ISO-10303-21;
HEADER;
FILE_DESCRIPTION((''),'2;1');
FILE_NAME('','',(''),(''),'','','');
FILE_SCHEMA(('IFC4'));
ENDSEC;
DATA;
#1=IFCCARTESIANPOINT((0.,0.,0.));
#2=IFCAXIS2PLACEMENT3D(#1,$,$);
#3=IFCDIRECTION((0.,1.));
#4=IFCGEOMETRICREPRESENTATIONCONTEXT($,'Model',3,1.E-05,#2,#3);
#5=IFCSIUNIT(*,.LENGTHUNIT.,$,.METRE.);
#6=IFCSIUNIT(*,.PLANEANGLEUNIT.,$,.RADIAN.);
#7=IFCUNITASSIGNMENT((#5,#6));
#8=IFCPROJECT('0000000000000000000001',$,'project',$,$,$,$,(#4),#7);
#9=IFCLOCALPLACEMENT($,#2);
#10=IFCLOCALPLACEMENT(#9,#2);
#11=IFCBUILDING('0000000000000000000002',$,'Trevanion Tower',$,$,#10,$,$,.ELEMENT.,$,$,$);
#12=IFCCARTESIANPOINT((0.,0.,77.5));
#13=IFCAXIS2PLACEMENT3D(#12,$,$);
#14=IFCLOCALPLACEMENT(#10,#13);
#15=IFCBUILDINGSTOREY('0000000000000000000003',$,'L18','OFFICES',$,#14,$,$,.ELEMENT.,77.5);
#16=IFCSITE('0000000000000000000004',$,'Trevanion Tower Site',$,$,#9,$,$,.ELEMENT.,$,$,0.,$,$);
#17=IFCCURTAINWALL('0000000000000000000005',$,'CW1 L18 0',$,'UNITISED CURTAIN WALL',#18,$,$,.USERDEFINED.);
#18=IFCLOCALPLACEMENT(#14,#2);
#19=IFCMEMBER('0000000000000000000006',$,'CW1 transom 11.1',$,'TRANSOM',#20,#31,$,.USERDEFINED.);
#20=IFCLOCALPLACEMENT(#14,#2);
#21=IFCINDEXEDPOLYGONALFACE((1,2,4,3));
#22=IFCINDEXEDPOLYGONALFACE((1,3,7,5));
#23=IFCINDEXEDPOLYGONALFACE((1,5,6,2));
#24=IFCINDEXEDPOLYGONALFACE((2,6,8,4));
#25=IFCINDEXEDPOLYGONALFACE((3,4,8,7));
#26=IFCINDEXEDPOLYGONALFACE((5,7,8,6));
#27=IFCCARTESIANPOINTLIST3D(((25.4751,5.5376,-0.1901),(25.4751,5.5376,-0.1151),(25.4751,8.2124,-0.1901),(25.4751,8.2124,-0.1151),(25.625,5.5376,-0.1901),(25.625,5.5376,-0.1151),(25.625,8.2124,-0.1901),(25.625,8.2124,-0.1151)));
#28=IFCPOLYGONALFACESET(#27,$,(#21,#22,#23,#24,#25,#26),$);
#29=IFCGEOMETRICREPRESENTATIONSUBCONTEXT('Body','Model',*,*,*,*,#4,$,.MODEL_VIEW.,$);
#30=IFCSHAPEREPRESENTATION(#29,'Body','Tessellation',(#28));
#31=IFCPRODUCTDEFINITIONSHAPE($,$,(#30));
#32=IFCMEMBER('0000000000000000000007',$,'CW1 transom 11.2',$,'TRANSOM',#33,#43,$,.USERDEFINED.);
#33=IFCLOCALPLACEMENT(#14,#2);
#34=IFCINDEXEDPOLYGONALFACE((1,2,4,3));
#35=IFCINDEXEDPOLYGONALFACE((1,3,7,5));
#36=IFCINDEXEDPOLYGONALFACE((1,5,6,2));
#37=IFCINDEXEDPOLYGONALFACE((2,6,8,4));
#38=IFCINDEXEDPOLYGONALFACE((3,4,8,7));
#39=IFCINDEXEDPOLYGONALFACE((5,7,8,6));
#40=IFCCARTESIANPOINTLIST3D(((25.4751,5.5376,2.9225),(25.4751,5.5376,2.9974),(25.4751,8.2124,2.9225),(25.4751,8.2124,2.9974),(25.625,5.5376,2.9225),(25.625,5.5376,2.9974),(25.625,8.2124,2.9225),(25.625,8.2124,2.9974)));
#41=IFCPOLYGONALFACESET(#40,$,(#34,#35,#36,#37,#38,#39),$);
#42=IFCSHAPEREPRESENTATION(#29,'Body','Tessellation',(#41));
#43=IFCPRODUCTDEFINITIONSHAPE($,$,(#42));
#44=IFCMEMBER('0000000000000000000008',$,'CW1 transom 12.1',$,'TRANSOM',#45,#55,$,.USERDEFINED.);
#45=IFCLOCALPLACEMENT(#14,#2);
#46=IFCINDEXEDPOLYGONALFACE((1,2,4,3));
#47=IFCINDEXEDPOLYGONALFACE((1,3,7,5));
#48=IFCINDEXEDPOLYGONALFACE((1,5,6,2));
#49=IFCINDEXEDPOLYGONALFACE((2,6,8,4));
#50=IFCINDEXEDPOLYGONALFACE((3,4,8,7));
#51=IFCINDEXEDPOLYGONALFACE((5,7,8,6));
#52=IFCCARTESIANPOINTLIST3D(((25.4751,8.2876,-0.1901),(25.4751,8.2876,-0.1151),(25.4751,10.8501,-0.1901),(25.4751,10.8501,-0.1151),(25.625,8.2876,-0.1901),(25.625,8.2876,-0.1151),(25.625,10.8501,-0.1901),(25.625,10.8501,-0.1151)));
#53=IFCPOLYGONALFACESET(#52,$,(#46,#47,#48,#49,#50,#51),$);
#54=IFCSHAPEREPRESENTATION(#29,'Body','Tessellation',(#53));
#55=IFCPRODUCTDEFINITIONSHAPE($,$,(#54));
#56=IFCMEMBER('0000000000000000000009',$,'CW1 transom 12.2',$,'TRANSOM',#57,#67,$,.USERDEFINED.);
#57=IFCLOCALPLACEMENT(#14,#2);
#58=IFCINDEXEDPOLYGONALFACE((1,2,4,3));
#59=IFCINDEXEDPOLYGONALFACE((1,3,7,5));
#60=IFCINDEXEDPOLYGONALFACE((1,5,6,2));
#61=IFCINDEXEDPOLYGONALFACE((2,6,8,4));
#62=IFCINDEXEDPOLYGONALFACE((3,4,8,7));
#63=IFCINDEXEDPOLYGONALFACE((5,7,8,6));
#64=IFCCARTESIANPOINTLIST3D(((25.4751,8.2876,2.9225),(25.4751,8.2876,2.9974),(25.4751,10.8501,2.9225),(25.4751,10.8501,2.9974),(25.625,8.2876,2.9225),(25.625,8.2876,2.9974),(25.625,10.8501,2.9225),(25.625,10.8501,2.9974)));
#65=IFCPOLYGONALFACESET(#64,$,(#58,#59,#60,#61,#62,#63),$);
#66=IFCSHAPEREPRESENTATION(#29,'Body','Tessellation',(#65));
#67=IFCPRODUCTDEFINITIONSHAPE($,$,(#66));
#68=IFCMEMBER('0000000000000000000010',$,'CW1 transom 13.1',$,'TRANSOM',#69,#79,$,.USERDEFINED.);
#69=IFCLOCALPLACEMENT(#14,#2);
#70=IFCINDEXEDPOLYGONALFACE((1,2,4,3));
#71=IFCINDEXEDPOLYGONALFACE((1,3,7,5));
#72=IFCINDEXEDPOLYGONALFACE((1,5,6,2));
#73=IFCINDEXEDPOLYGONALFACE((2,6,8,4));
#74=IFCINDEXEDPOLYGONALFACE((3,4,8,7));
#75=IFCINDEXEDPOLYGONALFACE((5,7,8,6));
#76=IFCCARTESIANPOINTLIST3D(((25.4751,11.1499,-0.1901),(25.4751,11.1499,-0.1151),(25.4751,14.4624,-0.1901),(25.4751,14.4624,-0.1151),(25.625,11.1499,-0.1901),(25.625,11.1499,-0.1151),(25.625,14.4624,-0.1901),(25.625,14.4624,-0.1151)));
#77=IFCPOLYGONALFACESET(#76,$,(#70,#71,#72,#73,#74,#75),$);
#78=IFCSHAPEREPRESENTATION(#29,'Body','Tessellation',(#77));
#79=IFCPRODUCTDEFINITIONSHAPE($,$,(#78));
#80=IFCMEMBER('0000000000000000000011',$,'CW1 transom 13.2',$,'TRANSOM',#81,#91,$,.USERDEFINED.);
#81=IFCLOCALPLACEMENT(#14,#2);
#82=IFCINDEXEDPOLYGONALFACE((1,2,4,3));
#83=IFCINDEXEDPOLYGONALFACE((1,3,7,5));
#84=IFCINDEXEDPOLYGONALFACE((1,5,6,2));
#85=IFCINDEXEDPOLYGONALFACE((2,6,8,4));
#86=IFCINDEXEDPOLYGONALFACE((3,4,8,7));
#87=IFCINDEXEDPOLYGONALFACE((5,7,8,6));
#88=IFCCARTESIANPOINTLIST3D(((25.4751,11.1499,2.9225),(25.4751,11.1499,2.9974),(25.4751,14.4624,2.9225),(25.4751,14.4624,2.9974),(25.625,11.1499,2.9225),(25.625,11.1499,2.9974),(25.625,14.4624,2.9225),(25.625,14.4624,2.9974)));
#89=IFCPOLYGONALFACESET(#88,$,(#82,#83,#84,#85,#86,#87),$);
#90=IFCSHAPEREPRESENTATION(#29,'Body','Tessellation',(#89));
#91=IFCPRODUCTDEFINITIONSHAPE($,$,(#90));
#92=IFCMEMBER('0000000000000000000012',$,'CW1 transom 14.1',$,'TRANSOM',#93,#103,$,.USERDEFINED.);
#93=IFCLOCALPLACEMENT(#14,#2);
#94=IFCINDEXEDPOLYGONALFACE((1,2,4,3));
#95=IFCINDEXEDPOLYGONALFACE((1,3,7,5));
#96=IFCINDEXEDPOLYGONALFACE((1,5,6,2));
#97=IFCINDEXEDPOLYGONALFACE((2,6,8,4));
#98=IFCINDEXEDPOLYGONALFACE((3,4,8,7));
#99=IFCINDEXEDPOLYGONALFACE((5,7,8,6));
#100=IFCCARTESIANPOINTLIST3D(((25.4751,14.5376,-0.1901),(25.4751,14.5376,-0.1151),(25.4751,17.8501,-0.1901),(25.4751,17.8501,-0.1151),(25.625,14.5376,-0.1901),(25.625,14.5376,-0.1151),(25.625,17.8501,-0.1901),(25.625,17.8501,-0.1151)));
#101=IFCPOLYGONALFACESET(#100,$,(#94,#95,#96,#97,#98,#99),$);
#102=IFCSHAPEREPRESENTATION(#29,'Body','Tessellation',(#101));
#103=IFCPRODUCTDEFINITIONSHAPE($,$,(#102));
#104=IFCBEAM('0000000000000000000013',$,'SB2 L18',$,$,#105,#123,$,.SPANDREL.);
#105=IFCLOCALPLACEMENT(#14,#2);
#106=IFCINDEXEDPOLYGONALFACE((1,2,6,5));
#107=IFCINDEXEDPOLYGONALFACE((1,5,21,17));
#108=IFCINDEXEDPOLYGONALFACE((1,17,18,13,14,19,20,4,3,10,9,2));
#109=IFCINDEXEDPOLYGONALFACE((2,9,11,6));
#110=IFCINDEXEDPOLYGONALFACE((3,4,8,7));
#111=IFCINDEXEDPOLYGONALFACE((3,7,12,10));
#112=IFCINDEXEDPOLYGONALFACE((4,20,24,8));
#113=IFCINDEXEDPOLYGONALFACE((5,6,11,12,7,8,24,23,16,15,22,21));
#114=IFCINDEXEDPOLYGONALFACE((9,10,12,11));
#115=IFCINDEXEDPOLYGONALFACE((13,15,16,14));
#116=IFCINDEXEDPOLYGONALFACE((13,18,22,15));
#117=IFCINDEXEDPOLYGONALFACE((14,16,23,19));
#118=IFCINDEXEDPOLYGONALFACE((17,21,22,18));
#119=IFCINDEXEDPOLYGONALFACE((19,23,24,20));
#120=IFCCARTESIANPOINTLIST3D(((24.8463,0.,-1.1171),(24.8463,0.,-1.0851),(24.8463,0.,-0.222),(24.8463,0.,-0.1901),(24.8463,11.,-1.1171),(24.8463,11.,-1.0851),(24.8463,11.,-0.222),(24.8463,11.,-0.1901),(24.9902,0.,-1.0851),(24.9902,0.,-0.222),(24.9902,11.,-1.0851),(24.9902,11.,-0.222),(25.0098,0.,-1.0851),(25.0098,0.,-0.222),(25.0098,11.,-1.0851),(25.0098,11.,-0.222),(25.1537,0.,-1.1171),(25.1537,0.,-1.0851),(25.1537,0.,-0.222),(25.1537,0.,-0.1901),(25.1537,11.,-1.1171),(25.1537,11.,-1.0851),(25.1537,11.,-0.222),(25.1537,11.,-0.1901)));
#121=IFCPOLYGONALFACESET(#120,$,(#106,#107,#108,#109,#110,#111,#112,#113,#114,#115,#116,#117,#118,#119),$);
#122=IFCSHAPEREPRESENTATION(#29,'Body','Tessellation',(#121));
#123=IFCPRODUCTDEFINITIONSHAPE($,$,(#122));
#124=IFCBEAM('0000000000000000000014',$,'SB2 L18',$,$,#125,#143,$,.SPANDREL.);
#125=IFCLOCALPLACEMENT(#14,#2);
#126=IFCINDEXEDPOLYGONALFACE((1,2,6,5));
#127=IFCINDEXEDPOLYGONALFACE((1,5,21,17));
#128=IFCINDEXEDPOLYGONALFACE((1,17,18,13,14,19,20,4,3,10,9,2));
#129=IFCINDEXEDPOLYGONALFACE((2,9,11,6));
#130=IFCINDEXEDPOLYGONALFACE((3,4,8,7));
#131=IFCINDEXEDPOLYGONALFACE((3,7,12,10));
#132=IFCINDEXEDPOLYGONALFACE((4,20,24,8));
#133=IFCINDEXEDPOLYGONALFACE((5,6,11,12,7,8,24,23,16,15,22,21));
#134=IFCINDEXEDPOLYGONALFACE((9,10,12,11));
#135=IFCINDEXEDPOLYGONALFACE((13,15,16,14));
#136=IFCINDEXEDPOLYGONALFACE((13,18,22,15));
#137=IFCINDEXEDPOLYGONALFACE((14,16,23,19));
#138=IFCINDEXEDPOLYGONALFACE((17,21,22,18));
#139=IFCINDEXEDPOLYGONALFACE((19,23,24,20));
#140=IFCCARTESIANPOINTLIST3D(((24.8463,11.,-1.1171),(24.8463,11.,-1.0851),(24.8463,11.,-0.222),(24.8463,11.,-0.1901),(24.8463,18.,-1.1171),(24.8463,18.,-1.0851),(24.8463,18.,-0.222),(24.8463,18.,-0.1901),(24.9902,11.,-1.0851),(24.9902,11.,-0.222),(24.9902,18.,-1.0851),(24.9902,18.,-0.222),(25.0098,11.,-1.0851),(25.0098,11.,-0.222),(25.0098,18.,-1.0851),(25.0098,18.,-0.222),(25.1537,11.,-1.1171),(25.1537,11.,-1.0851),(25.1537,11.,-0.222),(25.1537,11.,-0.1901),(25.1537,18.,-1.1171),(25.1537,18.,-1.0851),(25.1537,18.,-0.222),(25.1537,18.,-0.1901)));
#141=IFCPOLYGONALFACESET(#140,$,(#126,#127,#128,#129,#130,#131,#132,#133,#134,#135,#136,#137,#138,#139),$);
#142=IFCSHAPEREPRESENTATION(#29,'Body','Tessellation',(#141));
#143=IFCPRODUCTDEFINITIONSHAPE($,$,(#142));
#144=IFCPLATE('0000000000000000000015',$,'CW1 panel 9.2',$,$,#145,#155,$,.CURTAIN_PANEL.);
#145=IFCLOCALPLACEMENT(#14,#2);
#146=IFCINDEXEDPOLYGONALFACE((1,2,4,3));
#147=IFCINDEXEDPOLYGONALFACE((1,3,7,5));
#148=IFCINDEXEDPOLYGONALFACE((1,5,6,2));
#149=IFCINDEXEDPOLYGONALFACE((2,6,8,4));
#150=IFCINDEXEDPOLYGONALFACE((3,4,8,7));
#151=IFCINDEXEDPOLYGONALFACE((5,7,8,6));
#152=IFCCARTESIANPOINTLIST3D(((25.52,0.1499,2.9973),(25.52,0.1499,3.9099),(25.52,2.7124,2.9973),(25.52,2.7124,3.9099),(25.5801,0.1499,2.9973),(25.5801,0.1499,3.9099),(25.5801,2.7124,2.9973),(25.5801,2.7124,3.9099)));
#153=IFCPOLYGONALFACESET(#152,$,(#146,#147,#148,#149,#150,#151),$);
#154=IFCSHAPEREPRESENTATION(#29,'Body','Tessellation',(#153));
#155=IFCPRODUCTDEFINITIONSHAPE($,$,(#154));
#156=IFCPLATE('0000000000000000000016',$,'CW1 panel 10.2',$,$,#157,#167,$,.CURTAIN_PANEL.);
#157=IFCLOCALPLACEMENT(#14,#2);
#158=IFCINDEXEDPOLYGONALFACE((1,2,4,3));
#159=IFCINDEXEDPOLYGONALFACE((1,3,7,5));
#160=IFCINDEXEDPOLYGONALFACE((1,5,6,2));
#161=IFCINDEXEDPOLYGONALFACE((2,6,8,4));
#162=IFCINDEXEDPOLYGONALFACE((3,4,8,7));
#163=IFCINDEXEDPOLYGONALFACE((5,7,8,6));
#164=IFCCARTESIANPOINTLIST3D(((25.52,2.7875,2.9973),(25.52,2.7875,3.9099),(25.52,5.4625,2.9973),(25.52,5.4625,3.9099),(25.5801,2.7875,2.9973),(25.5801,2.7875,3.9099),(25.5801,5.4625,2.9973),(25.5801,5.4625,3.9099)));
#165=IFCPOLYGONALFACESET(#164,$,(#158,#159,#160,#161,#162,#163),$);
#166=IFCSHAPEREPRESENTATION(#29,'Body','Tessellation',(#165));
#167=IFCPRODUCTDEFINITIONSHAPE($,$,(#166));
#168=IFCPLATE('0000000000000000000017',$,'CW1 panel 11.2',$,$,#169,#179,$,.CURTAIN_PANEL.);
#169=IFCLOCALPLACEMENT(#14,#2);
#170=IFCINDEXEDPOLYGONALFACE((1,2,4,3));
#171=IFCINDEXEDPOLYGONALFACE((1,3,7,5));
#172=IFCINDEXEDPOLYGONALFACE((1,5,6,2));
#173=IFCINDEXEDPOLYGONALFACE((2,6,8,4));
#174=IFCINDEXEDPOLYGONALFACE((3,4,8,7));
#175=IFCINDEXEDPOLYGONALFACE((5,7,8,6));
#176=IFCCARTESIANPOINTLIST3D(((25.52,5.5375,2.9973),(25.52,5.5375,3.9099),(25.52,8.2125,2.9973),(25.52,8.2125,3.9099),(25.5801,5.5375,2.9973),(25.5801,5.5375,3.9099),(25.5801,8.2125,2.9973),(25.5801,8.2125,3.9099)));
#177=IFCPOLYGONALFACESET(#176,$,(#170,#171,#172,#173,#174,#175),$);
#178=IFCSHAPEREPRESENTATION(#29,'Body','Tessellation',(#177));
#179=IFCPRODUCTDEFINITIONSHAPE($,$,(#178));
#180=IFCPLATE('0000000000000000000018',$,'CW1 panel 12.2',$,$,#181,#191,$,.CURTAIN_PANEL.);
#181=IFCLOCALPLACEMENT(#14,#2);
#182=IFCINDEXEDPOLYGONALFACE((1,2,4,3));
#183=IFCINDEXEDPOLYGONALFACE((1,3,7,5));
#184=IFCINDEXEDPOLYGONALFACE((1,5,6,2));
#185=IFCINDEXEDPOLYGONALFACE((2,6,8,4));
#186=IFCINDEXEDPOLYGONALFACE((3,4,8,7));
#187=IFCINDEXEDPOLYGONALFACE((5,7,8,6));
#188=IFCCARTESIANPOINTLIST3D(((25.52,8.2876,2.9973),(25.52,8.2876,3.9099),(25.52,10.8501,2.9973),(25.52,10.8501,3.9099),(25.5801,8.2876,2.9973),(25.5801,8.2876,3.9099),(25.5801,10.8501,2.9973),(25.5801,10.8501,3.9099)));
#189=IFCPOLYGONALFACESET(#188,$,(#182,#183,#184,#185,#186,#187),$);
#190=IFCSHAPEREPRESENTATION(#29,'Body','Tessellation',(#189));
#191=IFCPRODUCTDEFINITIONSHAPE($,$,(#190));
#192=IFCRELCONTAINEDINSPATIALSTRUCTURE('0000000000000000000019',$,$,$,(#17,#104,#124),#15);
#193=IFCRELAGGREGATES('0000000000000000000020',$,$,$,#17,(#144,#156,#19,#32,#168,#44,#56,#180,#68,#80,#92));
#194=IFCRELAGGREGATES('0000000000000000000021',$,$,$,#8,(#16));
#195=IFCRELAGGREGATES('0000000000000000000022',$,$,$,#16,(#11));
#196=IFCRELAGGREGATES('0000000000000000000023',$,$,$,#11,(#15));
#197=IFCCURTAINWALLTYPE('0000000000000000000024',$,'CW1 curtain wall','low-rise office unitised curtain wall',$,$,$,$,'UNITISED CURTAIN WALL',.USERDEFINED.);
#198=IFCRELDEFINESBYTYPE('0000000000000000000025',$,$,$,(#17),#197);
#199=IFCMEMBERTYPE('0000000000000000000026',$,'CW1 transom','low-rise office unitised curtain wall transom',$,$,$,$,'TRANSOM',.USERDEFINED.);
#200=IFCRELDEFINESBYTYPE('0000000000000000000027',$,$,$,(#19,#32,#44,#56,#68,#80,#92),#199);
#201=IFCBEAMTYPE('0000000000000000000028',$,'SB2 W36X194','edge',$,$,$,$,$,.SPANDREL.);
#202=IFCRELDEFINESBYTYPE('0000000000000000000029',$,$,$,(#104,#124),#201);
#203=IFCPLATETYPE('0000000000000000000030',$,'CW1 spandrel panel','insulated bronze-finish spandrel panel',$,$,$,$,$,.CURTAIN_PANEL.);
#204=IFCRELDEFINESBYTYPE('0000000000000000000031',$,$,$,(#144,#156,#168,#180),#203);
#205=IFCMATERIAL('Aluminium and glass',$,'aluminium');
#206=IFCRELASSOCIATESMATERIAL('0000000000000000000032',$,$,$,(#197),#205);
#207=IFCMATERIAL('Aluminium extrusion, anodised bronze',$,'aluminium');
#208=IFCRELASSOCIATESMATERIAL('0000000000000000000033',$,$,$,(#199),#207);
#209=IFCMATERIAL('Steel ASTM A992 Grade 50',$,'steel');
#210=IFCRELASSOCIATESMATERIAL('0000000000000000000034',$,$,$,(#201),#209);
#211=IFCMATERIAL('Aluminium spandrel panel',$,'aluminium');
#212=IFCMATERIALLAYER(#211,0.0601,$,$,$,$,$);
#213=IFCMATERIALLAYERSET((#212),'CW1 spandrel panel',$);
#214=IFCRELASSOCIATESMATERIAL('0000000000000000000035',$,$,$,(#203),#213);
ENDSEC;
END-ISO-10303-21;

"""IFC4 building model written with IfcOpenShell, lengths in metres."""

from ifc_helpers import new_model, si_unit, direction, frame, origin, origin_2d, place, context, subcontext, project, spatial, rectangle, i_section, extrude, material, layer, layer_set, material_profile, profile_set, type_object, element, aggregate, save


model = new_model("IFC4")

# Units and contexts
model_context = context("Model", 3, precision=1e-05, world=origin(), true_north=direction((0.0, 1.0)))
body_context = subcontext(model_context, "Body", "Model", "MODEL_VIEW")
ifc_project = project(units=[si_unit("LENGTHUNIT", "METRE"), si_unit("PLANEANGLEUNIT", "RADIAN")], contexts=[model_context])

# Site, building, storey
site_placement = place(None, origin())
site = spatial("IfcSite", under=ifc_project, at=site_placement, Name="Trevanion Tower Site", CompositionType="ELEMENT", RefElevation=0.0)
building_placement = place(site_placement, origin())
building = spatial("IfcBuilding", under=site, at=building_placement, Name="Trevanion Tower", CompositionType="ELEMENT")
storey_placement = place(building_placement, frame((0.0, 0.0, 77.5)))
storey = spatial("IfcBuildingStorey", under=building, at=storey_placement, Name="L18", Description="OFFICES", CompositionType="ELEMENT", Elevation=77.5)

# Curtain wall, members
ifc_material_1 = material(Name="Aluminium and glass", Category="aluminium")
curtain_wall_type = type_object("IfcCurtainWallType", Name="CW1 curtain wall", Description="low-rise office unitised curtain wall", ElementType="UNITISED CURTAIN WALL", PredefinedType="USERDEFINED", material=ifc_material_1)
curtain_wall_placement = place(storey_placement, origin())
curtain_wall = element("IfcCurtainWall", 1, at=curtain_wall_placement, inside=storey, type_object=curtain_wall_type, Name="CW1 L18 0", ObjectType="UNITISED CURTAIN WALL", PredefinedType="USERDEFINED")
ifc_material_2 = material(Name="Aluminium extrusion, anodised bronze", Category="aluminium")
ifc_material_profile_1 = material_profile(ifc_material_2, rectangle(XDim=0.1499, YDim=0.075, at=origin_2d()), Name="CW1 transom")
ifc_profile_set_1 = profile_set([ifc_material_profile_1], Name="Aluminium extrusion, anodised bronze")
member_type_1 = type_object("IfcMemberType", Name="CW1 transom", Description="low-rise office unitised curtain wall transom", ElementType="TRANSOM", PredefinedType="USERDEFINED", material=ifc_profile_set_1)
member_1_placement = place(storey_placement, frame((25.55, 5.5376, -0.1526), z_axis=(0.0, 1.0, 0.0), x_axis=(-1.0, 0.0, 0.0)))
member_1 = element("IfcMember", 2, at=member_1_placement, type_object=member_type_1, Name="CW1 transom 11.1", ObjectType="TRANSOM", PredefinedType="USERDEFINED", context=body_context, shape_type="SweptSolid", body=[
    extrude(rectangle(XDim=0.1499, YDim=0.075, at=origin_2d()), origin(), (0.0, 0.0, 1.0), 2.6748),
])
member_2_placement = place(storey_placement, frame((25.55, 5.5376, 2.96), z_axis=(0.0, 1.0, 0.0), x_axis=(-1.0, 0.0, 0.0)))
member_2 = element("IfcMember", 3, at=member_2_placement, type_object=member_type_1, Name="CW1 transom 11.2", ObjectType="TRANSOM", PredefinedType="USERDEFINED", context=body_context, shape_type="SweptSolid", body=[
    extrude(rectangle(XDim=0.1499, YDim=0.075, at=origin_2d()), origin(), (0.0, 0.0, 1.0), 2.6748),
])
member_3_placement = place(storey_placement, frame((25.55, 8.2876, -0.1526), z_axis=(0.0, 1.0, 0.0), x_axis=(-1.0, 0.0, 0.0)))
member_3 = element("IfcMember", 4, at=member_3_placement, type_object=member_type_1, Name="CW1 transom 12.1", ObjectType="TRANSOM", PredefinedType="USERDEFINED", context=body_context, shape_type="SweptSolid", body=[
    extrude(rectangle(XDim=0.1499, YDim=0.075, at=origin_2d()), origin(), (0.0, 0.0, 1.0), 2.5625),
])
member_4_placement = place(storey_placement, frame((25.55, 8.2876, 2.96), z_axis=(0.0, 1.0, 0.0), x_axis=(-1.0, 0.0, 0.0)))
member_4 = element("IfcMember", 5, at=member_4_placement, type_object=member_type_1, Name="CW1 transom 12.2", ObjectType="TRANSOM", PredefinedType="USERDEFINED", context=body_context, shape_type="SweptSolid", body=[
    extrude(rectangle(XDim=0.1499, YDim=0.075, at=origin_2d()), origin(), (0.0, 0.0, 1.0), 2.5625),
])
member_5_placement = place(storey_placement, frame((25.55, 11.1499, -0.1526), z_axis=(0.0, 1.0, 0.0), x_axis=(-1.0, 0.0, 0.0)))
member_5 = element("IfcMember", 6, at=member_5_placement, type_object=member_type_1, Name="CW1 transom 13.1", ObjectType="TRANSOM", PredefinedType="USERDEFINED", context=body_context, shape_type="SweptSolid", body=[
    extrude(rectangle(XDim=0.1499, YDim=0.075, at=origin_2d()), origin(), (0.0, 0.0, 1.0), 3.3125),
])
member_6_placement = place(storey_placement, frame((25.55, 11.1499, 2.96), z_axis=(0.0, 1.0, 0.0), x_axis=(-1.0, 0.0, 0.0)))
member_6 = element("IfcMember", 7, at=member_6_placement, type_object=member_type_1, Name="CW1 transom 13.2", ObjectType="TRANSOM", PredefinedType="USERDEFINED", context=body_context, shape_type="SweptSolid", body=[
    extrude(rectangle(XDim=0.1499, YDim=0.075, at=origin_2d()), origin(), (0.0, 0.0, 1.0), 3.3125),
])
member_7_placement = place(storey_placement, frame((25.55, 14.5376, -0.1526), z_axis=(0.0, 1.0, 0.0), x_axis=(-1.0, 0.0, 0.0)))
member_7 = element("IfcMember", 8, at=member_7_placement, type_object=member_type_1, Name="CW1 transom 14.1", ObjectType="TRANSOM", PredefinedType="USERDEFINED", context=body_context, shape_type="SweptSolid", body=[
    extrude(rectangle(XDim=0.1499, YDim=0.075, at=origin_2d()), origin(), (0.0, 0.0, 1.0), 3.3125),
])

# Beams
ifc_material_3 = material(Name="Steel ASTM A992 Grade 50", Category="steel")
ifc_material_profile_2 = material_profile(ifc_material_3, i_section(OverallWidth=0.3074, OverallDepth=0.927, WebThickness=0.0195, FlangeThickness=0.032, at=origin_2d()), Name="W36X194")
ifc_profile_set_2 = profile_set([ifc_material_profile_2], Name="Steel ASTM A992 Grade 50")
beam_type_1 = type_object("IfcBeamType", Name="SB2 W36X194", Description="edge", PredefinedType="SPANDREL", material=ifc_profile_set_2)
beam_1_placement = place(storey_placement, frame((25.0, 0.0, -0.6536), z_axis=(0.0, 1.0, 0.0), x_axis=(-1.0, 0.0, 0.0)))
element("IfcBeam", 9, at=beam_1_placement, inside=storey, type_object=beam_type_1, Name="SB2 L18", PredefinedType="SPANDREL", context=body_context, shape_type="SweptSolid", body=[
    extrude(i_section(OverallWidth=0.3074, OverallDepth=0.927, WebThickness=0.0195, FlangeThickness=0.032, at=origin_2d()), origin(), (0.0, 0.0, 1.0), 11.0),
])
beam_2_placement = place(storey_placement, frame((25.0, 11.0, -0.6536), z_axis=(0.0, 1.0, 0.0), x_axis=(-1.0, 0.0, 0.0)))
element("IfcBeam", 10, at=beam_2_placement, inside=storey, type_object=beam_type_1, Name="SB2 L18", PredefinedType="SPANDREL", context=body_context, shape_type="SweptSolid", body=[
    extrude(i_section(OverallWidth=0.3074, OverallDepth=0.927, WebThickness=0.0195, FlangeThickness=0.032, at=origin_2d()), origin(), (0.0, 0.0, 1.0), 7.0),
])

# Plates
ifc_material_4 = material(Name="Aluminium spandrel panel", Category="aluminium")
ifc_layer_1 = layer(ifc_material_4, 0.0601)
ifc_layer_set_1 = layer_set([ifc_layer_1], Name="CW1 spandrel panel")
plate_type_1 = type_object("IfcPlateType", Name="CW1 spandrel panel", Description="insulated bronze-finish spandrel panel", PredefinedType="CURTAIN_PANEL", material=ifc_layer_set_1)
plate_1_placement = place(storey_placement, frame((25.55, 1.4312, 2.9973), z_axis=(0.0, 0.0, 1.0), x_axis=(0.0, 1.0, 0.0)))
plate_1 = element("IfcPlate", 11, at=plate_1_placement, type_object=plate_type_1, Name="CW1 panel 9.2", PredefinedType="CURTAIN_PANEL", context=body_context, shape_type="SweptSolid", body=[
    extrude(rectangle(XDim=2.5625, YDim=0.0601, at=origin_2d()), origin(), (0.0, 0.0, 1.0), 0.9126),
])
plate_2_placement = place(storey_placement, frame((25.55, 4.125, 2.9973), z_axis=(0.0, 0.0, 1.0), x_axis=(0.0, 1.0, 0.0)))
plate_2 = element("IfcPlate", 12, at=plate_2_placement, type_object=plate_type_1, Name="CW1 panel 10.2", PredefinedType="CURTAIN_PANEL", context=body_context, shape_type="SweptSolid", body=[
    extrude(rectangle(XDim=2.675, YDim=0.0601, at=origin_2d()), origin(), (0.0, 0.0, 1.0), 0.9126),
])
plate_3_placement = place(storey_placement, frame((25.55, 6.875, 2.9973), z_axis=(0.0, 0.0, 1.0), x_axis=(0.0, 1.0, 0.0)))
plate_3 = element("IfcPlate", 13, at=plate_3_placement, type_object=plate_type_1, Name="CW1 panel 11.2", PredefinedType="CURTAIN_PANEL", context=body_context, shape_type="SweptSolid", body=[
    extrude(rectangle(XDim=2.675, YDim=0.0601, at=origin_2d()), origin(), (0.0, 0.0, 1.0), 0.9126),
])
plate_4_placement = place(storey_placement, frame((25.55, 9.5688, 2.9973), z_axis=(0.0, 0.0, 1.0), x_axis=(0.0, 1.0, 0.0)))
plate_4 = element("IfcPlate", 14, at=plate_4_placement, type_object=plate_type_1, Name="CW1 panel 12.2", PredefinedType="CURTAIN_PANEL", context=body_context, shape_type="SweptSolid", body=[
    extrude(rectangle(XDim=2.5625, YDim=0.0601, at=origin_2d()), origin(), (0.0, 0.0, 1.0), 0.9126),
])
aggregate(curtain_wall, [plate_1, plate_2, member_1, member_2, plate_3, member_3, member_4, plate_4, member_5, member_6, member_7])

save(model, "model.ifc")
